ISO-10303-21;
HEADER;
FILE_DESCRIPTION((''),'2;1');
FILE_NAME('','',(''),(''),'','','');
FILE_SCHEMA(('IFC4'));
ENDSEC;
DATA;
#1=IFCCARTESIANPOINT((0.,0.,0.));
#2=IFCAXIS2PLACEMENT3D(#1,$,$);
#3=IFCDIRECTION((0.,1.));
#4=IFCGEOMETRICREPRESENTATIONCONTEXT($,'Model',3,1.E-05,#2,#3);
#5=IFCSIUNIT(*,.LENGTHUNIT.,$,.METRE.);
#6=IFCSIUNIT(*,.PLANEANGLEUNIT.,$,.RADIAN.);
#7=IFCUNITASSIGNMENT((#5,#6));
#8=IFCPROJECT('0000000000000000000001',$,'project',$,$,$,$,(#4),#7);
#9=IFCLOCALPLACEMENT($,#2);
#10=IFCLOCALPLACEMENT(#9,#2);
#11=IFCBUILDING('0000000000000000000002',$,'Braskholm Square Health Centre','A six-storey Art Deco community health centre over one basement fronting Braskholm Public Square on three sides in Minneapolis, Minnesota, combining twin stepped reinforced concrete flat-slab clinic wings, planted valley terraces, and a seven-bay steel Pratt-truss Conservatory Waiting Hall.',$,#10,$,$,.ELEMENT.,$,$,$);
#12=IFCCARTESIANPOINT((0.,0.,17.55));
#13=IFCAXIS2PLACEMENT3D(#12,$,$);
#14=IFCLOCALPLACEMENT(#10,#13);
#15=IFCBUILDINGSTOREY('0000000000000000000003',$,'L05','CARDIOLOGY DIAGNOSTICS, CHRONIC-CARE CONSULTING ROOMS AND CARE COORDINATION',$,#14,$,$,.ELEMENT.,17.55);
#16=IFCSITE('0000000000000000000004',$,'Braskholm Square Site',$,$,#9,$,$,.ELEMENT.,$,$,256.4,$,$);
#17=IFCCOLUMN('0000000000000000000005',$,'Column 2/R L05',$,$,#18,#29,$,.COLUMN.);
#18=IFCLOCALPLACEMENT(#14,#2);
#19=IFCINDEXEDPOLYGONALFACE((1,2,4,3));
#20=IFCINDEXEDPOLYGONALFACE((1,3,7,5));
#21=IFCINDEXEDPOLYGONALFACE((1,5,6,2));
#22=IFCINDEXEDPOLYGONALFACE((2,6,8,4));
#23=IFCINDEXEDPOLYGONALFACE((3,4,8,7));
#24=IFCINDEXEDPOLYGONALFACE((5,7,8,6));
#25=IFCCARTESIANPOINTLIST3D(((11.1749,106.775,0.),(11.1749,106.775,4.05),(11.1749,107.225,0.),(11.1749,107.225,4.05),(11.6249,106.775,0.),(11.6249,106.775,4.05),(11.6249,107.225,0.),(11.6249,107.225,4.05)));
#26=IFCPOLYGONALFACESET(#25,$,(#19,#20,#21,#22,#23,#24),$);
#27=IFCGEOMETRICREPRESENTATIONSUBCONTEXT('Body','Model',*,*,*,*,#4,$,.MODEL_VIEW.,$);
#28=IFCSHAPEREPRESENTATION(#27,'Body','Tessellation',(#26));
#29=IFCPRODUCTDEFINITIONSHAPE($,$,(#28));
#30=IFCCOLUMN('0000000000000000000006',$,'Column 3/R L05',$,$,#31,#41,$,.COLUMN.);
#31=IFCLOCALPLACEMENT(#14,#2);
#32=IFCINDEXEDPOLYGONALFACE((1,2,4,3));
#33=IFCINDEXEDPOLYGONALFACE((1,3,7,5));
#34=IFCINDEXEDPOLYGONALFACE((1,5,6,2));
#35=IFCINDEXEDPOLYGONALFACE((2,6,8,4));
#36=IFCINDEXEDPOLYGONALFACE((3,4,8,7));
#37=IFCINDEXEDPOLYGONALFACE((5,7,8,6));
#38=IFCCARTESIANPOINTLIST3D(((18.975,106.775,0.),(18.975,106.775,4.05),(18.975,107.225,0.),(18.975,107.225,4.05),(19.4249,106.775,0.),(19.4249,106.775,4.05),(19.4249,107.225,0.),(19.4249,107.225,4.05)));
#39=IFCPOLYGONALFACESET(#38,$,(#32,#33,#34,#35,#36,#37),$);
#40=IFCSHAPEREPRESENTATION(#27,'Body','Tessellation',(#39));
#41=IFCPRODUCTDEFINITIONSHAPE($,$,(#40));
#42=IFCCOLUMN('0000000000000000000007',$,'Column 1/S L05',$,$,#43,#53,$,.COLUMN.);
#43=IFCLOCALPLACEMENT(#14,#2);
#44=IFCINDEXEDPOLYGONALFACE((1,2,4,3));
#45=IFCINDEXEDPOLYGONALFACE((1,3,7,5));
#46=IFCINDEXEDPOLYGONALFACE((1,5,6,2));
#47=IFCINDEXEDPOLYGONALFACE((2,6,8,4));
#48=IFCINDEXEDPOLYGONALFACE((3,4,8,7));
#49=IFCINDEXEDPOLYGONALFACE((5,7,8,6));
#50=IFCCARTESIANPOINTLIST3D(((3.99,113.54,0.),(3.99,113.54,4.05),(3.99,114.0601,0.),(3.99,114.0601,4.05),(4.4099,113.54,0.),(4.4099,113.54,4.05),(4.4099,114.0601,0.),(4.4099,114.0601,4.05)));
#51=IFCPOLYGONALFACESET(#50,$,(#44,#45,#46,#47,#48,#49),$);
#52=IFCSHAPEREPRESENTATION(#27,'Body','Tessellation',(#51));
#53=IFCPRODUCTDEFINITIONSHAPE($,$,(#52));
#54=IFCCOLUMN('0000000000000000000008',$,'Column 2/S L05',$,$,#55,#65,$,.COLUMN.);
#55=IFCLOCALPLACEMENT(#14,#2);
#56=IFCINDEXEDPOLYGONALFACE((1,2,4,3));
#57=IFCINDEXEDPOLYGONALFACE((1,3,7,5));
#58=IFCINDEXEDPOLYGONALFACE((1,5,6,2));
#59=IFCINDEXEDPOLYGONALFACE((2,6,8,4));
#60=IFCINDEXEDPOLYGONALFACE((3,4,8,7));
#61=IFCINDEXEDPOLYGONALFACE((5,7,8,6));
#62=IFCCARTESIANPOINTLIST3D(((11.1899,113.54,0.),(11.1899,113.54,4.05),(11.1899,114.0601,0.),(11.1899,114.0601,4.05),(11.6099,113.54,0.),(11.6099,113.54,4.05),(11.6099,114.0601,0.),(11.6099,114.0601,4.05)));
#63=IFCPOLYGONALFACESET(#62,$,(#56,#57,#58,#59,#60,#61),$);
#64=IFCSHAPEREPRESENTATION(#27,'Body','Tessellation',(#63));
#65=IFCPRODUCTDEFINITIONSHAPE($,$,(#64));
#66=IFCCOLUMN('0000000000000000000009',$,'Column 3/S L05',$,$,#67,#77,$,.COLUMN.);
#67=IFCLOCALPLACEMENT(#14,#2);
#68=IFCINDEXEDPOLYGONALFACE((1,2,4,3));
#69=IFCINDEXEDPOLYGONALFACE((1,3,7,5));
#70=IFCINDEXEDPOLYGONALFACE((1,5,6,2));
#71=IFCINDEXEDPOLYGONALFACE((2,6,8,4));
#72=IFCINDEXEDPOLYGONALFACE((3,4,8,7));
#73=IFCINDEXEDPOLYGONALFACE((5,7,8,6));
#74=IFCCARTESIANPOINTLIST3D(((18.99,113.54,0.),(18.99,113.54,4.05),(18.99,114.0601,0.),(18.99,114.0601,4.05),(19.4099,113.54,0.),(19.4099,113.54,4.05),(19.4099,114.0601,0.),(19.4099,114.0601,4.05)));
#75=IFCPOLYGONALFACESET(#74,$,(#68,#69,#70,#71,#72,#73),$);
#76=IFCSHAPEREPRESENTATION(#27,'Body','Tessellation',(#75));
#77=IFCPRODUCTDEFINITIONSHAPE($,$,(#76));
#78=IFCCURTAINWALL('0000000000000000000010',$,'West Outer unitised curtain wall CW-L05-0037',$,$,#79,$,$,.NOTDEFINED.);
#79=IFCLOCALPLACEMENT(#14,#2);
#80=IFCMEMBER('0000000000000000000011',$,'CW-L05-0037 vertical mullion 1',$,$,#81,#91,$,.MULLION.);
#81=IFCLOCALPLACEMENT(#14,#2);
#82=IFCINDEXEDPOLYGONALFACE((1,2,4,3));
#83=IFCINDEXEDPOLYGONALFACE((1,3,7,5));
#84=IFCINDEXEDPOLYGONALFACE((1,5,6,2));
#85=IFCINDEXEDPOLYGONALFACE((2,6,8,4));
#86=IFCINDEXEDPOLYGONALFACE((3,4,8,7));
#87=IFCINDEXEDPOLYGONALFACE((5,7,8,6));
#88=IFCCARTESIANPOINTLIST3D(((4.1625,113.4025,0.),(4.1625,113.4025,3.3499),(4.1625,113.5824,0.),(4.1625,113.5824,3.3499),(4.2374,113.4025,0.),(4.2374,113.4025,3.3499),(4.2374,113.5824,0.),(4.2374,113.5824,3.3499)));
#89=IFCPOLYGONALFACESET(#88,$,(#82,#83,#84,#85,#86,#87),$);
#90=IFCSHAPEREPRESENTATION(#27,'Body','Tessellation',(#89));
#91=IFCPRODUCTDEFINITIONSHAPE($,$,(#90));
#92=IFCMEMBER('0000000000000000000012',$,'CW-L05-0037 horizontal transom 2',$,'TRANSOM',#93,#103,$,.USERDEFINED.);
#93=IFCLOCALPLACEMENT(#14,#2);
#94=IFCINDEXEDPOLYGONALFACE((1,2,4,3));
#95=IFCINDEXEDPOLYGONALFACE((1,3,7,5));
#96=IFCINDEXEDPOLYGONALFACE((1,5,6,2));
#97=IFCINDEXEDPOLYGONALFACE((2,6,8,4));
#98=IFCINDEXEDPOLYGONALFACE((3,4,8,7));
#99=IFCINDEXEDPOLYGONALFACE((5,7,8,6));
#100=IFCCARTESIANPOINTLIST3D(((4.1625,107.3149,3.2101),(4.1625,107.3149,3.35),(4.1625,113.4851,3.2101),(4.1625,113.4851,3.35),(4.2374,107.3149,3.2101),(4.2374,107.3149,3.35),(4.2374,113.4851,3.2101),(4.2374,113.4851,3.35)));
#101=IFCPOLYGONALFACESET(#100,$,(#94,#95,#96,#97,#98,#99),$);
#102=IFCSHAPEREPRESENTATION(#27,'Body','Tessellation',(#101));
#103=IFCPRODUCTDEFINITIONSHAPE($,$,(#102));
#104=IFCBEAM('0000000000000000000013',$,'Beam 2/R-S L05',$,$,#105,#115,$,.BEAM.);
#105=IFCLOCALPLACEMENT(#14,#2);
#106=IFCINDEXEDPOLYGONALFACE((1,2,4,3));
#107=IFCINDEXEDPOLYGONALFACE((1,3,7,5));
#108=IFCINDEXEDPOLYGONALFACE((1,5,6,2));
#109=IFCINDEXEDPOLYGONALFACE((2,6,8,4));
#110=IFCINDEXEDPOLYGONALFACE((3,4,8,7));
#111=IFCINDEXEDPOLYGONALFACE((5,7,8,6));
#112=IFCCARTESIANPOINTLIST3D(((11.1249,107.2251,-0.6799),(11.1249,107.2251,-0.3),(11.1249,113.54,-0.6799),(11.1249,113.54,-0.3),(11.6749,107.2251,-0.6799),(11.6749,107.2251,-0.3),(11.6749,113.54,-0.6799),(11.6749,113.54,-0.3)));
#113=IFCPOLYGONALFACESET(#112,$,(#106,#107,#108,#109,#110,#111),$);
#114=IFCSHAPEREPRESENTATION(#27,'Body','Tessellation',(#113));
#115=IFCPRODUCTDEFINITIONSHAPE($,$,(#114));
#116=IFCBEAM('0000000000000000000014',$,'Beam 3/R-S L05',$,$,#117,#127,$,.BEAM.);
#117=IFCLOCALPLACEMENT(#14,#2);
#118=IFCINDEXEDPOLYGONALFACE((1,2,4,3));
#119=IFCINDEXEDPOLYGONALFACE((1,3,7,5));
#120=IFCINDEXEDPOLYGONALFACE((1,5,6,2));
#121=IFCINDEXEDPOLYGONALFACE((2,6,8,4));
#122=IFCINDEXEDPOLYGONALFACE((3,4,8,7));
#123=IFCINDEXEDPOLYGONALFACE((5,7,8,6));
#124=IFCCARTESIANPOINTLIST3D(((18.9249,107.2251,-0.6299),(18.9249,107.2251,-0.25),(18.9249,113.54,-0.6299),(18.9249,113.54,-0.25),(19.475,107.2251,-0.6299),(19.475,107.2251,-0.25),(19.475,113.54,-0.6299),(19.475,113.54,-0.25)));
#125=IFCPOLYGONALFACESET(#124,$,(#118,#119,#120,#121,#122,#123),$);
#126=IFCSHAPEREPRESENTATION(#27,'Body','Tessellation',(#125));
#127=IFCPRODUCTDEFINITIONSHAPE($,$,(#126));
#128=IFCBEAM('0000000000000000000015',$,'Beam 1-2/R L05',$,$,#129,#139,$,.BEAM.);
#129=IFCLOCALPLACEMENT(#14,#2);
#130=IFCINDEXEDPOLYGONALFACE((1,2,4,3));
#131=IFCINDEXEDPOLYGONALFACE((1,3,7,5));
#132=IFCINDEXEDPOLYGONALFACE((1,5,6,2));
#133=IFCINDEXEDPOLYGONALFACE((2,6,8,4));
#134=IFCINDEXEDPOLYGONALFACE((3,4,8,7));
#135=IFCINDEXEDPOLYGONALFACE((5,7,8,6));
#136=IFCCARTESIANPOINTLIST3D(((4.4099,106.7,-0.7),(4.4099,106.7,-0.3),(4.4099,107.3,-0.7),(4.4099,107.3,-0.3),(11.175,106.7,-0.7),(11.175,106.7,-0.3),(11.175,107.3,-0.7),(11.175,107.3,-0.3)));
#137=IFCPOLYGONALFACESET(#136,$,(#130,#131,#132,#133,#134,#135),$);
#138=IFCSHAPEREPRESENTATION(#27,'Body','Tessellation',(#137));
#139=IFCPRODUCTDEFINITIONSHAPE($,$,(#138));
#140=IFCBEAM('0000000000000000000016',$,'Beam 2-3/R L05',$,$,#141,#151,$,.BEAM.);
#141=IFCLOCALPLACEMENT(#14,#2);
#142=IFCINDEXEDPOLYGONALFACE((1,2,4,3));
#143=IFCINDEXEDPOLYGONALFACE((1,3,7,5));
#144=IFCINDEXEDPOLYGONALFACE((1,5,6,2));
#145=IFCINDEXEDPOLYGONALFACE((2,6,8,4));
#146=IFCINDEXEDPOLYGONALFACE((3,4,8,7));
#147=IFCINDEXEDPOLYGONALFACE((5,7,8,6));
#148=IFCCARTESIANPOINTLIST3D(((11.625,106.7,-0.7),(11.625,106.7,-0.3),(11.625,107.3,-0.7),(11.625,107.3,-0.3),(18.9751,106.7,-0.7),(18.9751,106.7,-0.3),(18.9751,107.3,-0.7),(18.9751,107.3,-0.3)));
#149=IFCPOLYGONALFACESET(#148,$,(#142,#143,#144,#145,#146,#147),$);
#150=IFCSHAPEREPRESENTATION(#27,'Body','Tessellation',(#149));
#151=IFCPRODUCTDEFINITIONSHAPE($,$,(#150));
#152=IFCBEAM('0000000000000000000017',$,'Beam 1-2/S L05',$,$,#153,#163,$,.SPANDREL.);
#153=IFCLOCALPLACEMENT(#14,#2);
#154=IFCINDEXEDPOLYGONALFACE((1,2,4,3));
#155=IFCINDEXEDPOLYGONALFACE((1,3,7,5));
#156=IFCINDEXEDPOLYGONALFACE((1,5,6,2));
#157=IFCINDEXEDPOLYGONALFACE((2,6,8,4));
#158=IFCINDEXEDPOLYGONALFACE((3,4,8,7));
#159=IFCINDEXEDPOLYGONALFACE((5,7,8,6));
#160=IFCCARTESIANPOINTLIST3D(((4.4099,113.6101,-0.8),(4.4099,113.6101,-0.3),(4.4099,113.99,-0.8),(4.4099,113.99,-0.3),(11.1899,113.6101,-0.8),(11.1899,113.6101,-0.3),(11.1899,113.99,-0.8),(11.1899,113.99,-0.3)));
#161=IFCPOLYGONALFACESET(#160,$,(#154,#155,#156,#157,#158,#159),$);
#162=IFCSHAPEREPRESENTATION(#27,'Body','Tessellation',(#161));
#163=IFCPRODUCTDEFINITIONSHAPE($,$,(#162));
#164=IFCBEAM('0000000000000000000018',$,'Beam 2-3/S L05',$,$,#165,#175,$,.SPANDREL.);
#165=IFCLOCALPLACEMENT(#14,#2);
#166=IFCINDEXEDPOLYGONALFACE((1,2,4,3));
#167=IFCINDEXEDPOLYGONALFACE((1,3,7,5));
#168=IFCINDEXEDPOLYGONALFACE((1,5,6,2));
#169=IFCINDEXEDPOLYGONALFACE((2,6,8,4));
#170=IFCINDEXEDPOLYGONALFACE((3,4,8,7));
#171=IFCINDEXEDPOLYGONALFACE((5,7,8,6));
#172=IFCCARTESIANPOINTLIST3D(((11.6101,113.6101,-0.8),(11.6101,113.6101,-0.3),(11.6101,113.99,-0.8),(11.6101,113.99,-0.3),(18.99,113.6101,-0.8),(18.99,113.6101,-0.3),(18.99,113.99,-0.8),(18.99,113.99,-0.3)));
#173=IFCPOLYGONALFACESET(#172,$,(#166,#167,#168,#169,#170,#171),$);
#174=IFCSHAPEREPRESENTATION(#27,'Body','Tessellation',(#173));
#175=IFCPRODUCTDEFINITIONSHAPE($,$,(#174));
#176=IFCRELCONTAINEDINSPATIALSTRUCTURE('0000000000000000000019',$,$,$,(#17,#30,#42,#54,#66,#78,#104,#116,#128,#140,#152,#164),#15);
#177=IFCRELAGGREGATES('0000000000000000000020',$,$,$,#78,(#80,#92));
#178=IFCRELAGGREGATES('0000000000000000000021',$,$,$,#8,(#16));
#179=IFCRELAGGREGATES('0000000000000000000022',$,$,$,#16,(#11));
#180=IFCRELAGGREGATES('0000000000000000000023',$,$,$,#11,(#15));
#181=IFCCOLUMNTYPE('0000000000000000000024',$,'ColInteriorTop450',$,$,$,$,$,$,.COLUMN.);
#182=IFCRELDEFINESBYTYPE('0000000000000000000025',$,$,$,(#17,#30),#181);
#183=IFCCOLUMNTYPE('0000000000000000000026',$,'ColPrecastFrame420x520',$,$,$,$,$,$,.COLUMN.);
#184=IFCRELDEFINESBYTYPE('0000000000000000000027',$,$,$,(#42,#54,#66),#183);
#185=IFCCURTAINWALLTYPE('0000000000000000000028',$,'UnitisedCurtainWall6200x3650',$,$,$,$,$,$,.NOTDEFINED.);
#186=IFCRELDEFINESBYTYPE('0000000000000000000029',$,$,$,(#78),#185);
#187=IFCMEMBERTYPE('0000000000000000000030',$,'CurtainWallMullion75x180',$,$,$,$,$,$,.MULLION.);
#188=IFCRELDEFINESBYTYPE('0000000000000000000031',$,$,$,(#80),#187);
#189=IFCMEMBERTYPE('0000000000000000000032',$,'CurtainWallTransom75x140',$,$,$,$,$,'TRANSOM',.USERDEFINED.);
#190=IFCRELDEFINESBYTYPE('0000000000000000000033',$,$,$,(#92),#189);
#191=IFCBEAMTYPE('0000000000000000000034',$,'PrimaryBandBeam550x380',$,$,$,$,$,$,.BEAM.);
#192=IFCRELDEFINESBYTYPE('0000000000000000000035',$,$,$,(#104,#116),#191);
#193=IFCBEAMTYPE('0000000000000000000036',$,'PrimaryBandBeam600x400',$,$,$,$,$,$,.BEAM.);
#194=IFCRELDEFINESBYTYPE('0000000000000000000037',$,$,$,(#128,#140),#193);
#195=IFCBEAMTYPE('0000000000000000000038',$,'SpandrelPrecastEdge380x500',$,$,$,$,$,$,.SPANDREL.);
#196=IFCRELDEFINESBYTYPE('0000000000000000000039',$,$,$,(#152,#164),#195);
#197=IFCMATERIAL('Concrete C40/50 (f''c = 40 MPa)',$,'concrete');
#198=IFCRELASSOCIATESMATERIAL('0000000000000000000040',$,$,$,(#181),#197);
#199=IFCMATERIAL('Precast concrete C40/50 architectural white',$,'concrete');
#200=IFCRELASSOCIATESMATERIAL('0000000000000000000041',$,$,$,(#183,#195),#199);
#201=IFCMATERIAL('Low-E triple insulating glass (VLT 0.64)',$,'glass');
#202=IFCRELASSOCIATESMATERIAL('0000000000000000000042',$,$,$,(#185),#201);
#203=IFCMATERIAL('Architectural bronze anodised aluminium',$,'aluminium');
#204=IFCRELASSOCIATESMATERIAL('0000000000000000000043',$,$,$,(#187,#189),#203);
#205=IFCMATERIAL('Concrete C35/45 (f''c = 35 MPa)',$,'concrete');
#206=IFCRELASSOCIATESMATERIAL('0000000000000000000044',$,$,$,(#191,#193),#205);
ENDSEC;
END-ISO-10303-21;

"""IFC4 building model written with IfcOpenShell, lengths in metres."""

from ifc_helpers import new_model, si_unit, direction, frame, origin, origin_2d, place, context, subcontext, project, spatial, rectangle, extrude, material, material_profile, profile_set, type_object, element, aggregate, save


model = new_model("IFC4")

# Units and contexts
model_context = context("Model", 3, precision=1e-05, world=origin(), true_north=direction((0.0, 1.0)))
body_context = subcontext(model_context, "Body", "Model", "MODEL_VIEW")
ifc_project = project(units=[si_unit("LENGTHUNIT", "METRE"), si_unit("PLANEANGLEUNIT", "RADIAN")], contexts=[model_context])

# Site, building, storey
site_placement = place(None, origin())
site = spatial("IfcSite", under=ifc_project, at=site_placement, Name="Braskholm Square Site", CompositionType="ELEMENT", RefElevation=256.4)
building_placement = place(site_placement, origin())
building = spatial("IfcBuilding", under=site, at=building_placement, Name="Braskholm Square Health Centre", Description="A six-storey Art Deco community health centre over one basement fronting Braskholm Public Square on three sides in Minneapolis, Minnesota, combining twin stepped reinforced concrete flat-slab clinic wings, planted valley terraces, and a seven-bay steel Pratt-truss Conservatory Waiting Hall.", CompositionType="ELEMENT")
storey_placement = place(building_placement, frame((0.0, 0.0, 17.55)))
storey = spatial("IfcBuildingStorey", under=building, at=storey_placement, Name="L05", Description="CARDIOLOGY DIAGNOSTICS, CHRONIC-CARE CONSULTING ROOMS AND CARE COORDINATION", CompositionType="ELEMENT", Elevation=17.55)

# Columns
ifc_material_1 = material(Name="Concrete C40/50 (f'c = 40 MPa)", Category="concrete")
ifc_material_profile_1 = material_profile(ifc_material_1, rectangle(XDim=0.45, YDim=0.45, at=origin_2d()), Name="RC-450X450")
ifc_profile_set_1 = profile_set([ifc_material_profile_1], Name="Concrete C40/50 (f'c = 40 MPa)")
column_type_1 = type_object("IfcColumnType", Name="ColInteriorTop450", PredefinedType="COLUMN", material=ifc_profile_set_1)
for number, where, z_axis, x_axis, name in (
    (1, (11.3999, 107.0, 0.0), (0.0, 0.0, 1.0), (1.0, 0.0, 0.0), "Column 2/R L05"),
    (2, (19.2, 107.0, 0.0), (0.0, 0.0, 1.0), (1.0, 0.0, 0.0), "Column 3/R L05"),
):
    element("IfcColumn", number, at=place(storey_placement, frame(where, z_axis=z_axis, x_axis=x_axis)), inside=storey, type_object=column_type_1, Name=name, PredefinedType="COLUMN", context=body_context, shape_type="SweptSolid", body=[
        extrude(rectangle(XDim=0.45, YDim=0.45, at=origin_2d()), origin(), (0.0, 0.0, 1.0), 4.05),
    ])
ifc_material_2 = material(Name="Precast concrete C40/50 architectural white", Category="concrete")
ifc_material_profile_2 = material_profile(ifc_material_2, rectangle(XDim=0.4199, YDim=0.52, at=origin_2d()), Name="RC-420X520")
ifc_profile_set_2 = profile_set([ifc_material_profile_2], Name="Precast concrete C40/50 architectural white")
column_type_2 = type_object("IfcColumnType", Name="ColPrecastFrame420x520", PredefinedType="COLUMN", material=ifc_profile_set_2)
for number, where, z_axis, x_axis, name in (
    (3, (4.2, 113.8, 0.0), (0.0, 0.0, 1.0), (1.0, 0.0, 0.0), "Column 1/S L05"),
    (4, (11.3999, 113.8, 0.0), (0.0, 0.0, 1.0), (1.0, 0.0, 0.0), "Column 2/S L05"),
    (5, (19.2, 113.8, 0.0), (0.0, 0.0, 1.0), (1.0, 0.0, 0.0), "Column 3/S L05"),
):
    element("IfcColumn", number, at=place(storey_placement, frame(where, z_axis=z_axis, x_axis=x_axis)), inside=storey, type_object=column_type_2, Name=name, PredefinedType="COLUMN", context=body_context, shape_type="SweptSolid", body=[
        extrude(rectangle(XDim=0.4199, YDim=0.52, at=origin_2d()), origin(), (0.0, 0.0, 1.0), 4.05),
    ])

# Curtain wall, members
ifc_material_3 = material(Name="Low-E triple insulating glass (VLT 0.64)", Category="glass")
curtain_wall_type = type_object("IfcCurtainWallType", Name="UnitisedCurtainWall6200x3650", PredefinedType="NOTDEFINED", material=ifc_material_3)
curtain_wall_placement = place(storey_placement, origin())
curtain_wall = element("IfcCurtainWall", 6, at=curtain_wall_placement, inside=storey, type_object=curtain_wall_type, Name="West Outer unitised curtain wall CW-L05-0037", PredefinedType="NOTDEFINED")
ifc_material_4 = material(Name="Architectural bronze anodised aluminium", Category="aluminium")
ifc_material_profile_3 = material_profile(ifc_material_4, rectangle(XDim=0.075, YDim=0.1799, at=origin_2d()), Name="ALU-75X180")
ifc_profile_set_3 = profile_set([ifc_material_profile_3], Name="Architectural bronze anodised aluminium")
member_type_1 = type_object("IfcMemberType", Name="CurtainWallMullion75x180", PredefinedType="MULLION", material=ifc_profile_set_3)
member_1_placement = place(storey_placement, frame((4.2, 113.4924, 0.0), z_axis=(0.0, 0.0, 1.0), x_axis=(1.0, 0.0, 0.0)))
member_1 = element("IfcMember", 7, at=member_1_placement, type_object=member_type_1, Name="CW-L05-0037 vertical mullion 1", PredefinedType="MULLION", context=body_context, shape_type="SweptSolid", body=[
    extrude(rectangle(XDim=0.075, YDim=0.1799, at=origin_2d()), origin(), (0.0, 0.0, 1.0), 3.3499),
])
ifc_material_profile_4 = material_profile(ifc_material_4, rectangle(XDim=0.075, YDim=0.1399, at=origin_2d()), Name="ALU-75X140")
ifc_profile_set_4 = profile_set([ifc_material_profile_4], Name="Architectural bronze anodised aluminium")
member_type_2 = type_object("IfcMemberType", Name="CurtainWallTransom75x140", ElementType="TRANSOM", PredefinedType="USERDEFINED", material=ifc_profile_set_4)
member_2_placement = place(storey_placement, frame((4.2, 113.4851, 3.28), z_axis=(0.0, -1.0, 0.0), x_axis=(1.0, 0.0, 0.0)))
member_2 = element("IfcMember", 8, at=member_2_placement, type_object=member_type_2, Name="CW-L05-0037 horizontal transom 2", ObjectType="TRANSOM", PredefinedType="USERDEFINED", context=body_context, shape_type="SweptSolid", body=[
    extrude(rectangle(XDim=0.075, YDim=0.1399, at=origin_2d()), origin(), (0.0, 0.0, 1.0), 6.1702),
])
aggregate(curtain_wall, [member_1, member_2])

# Beams
ifc_material_5 = material(Name="Concrete C35/45 (f'c = 35 MPa)", Category="concrete")
ifc_material_profile_5 = material_profile(ifc_material_5, rectangle(XDim=0.55, YDim=0.3799, at=origin_2d()), Name="RCB-550X380")
ifc_profile_set_5 = profile_set([ifc_material_profile_5], Name="Concrete C35/45 (f'c = 35 MPa)")
beam_type_1 = type_object("IfcBeamType", Name="PrimaryBandBeam550x380", PredefinedType="BEAM", material=ifc_profile_set_5)
for number, where, z_axis, x_axis, name in (
    (9, (11.3999, 107.2251, -0.49), (0.0, 1.0, 0.0), (-1.0, 0.0, 0.0), "Beam 2/R-S L05"),
    (10, (19.2, 107.2251, -0.4399), (0.0, 1.0, 0.0), (-1.0, 0.0, 0.0), "Beam 3/R-S L05"),
):
    element("IfcBeam", number, at=place(storey_placement, frame(where, z_axis=z_axis, x_axis=x_axis)), inside=storey, type_object=beam_type_1, Name=name, PredefinedType="BEAM", context=body_context, shape_type="SweptSolid", body=[
        extrude(rectangle(XDim=0.55, YDim=0.3799, at=origin_2d()), origin(), (0.0, 0.0, 1.0), 6.3149),
    ])
ifc_material_profile_6 = material_profile(ifc_material_5, rectangle(XDim=0.6001, YDim=0.3999, at=origin_2d()), Name="RCB-600X400")
ifc_profile_set_6 = profile_set([ifc_material_profile_6], Name="Concrete C35/45 (f'c = 35 MPa)")
beam_type_2 = type_object("IfcBeamType", Name="PrimaryBandBeam600x400", PredefinedType="BEAM", material=ifc_profile_set_6)
beam_1_placement = place(storey_placement, frame((4.4099, 107.0, -0.5), z_axis=(1.0, 0.0, 0.0), x_axis=(0.0, 1.0, 0.0)))
element("IfcBeam", 11, at=beam_1_placement, inside=storey, type_object=beam_type_2, Name="Beam 1-2/R L05", PredefinedType="BEAM", context=body_context, shape_type="SweptSolid", body=[
    extrude(rectangle(XDim=0.6001, YDim=0.3999, at=origin_2d()), origin(), (0.0, 0.0, 1.0), 6.7651),
])
beam_2_placement = place(storey_placement, frame((11.625, 107.0, -0.5), z_axis=(1.0, 0.0, 0.0), x_axis=(0.0, 1.0, 0.0)))
element("IfcBeam", 12, at=beam_2_placement, inside=storey, type_object=beam_type_2, Name="Beam 2-3/R L05", PredefinedType="BEAM", context=body_context, shape_type="SweptSolid", body=[
    extrude(rectangle(XDim=0.6001, YDim=0.3999, at=origin_2d()), origin(), (0.0, 0.0, 1.0), 7.3501),
])
ifc_material_profile_7 = material_profile(ifc_material_2, rectangle(XDim=0.3799, YDim=0.5, at=origin_2d()), Name="RCB-380X500")
ifc_profile_set_7 = profile_set([ifc_material_profile_7], Name="Precast concrete C40/50 architectural white")
beam_type_3 = type_object("IfcBeamType", Name="SpandrelPrecastEdge380x500", PredefinedType="SPANDREL", material=ifc_profile_set_7)
beam_3_placement = place(storey_placement, frame((4.4099, 113.8, -0.55), z_axis=(1.0, 0.0, 0.0), x_axis=(0.0, 1.0, 0.0)))
element("IfcBeam", 13, at=beam_3_placement, inside=storey, type_object=beam_type_3, Name="Beam 1-2/S L05", PredefinedType="SPANDREL", context=body_context, shape_type="SweptSolid", body=[
    extrude(rectangle(XDim=0.3799, YDim=0.5, at=origin_2d()), origin(), (0.0, 0.0, 1.0), 6.78),
])
beam_4_placement = place(storey_placement, frame((11.6101, 113.8, -0.55), z_axis=(1.0, 0.0, 0.0), x_axis=(0.0, 1.0, 0.0)))
element("IfcBeam", 14, at=beam_4_placement, inside=storey, type_object=beam_type_3, Name="Beam 2-3/S L05", PredefinedType="SPANDREL", context=body_context, shape_type="SweptSolid", body=[
    extrude(rectangle(XDim=0.3799, YDim=0.5, at=origin_2d()), origin(), (0.0, 0.0, 1.0), 7.3799),
])

save(model, "model.ifc")
